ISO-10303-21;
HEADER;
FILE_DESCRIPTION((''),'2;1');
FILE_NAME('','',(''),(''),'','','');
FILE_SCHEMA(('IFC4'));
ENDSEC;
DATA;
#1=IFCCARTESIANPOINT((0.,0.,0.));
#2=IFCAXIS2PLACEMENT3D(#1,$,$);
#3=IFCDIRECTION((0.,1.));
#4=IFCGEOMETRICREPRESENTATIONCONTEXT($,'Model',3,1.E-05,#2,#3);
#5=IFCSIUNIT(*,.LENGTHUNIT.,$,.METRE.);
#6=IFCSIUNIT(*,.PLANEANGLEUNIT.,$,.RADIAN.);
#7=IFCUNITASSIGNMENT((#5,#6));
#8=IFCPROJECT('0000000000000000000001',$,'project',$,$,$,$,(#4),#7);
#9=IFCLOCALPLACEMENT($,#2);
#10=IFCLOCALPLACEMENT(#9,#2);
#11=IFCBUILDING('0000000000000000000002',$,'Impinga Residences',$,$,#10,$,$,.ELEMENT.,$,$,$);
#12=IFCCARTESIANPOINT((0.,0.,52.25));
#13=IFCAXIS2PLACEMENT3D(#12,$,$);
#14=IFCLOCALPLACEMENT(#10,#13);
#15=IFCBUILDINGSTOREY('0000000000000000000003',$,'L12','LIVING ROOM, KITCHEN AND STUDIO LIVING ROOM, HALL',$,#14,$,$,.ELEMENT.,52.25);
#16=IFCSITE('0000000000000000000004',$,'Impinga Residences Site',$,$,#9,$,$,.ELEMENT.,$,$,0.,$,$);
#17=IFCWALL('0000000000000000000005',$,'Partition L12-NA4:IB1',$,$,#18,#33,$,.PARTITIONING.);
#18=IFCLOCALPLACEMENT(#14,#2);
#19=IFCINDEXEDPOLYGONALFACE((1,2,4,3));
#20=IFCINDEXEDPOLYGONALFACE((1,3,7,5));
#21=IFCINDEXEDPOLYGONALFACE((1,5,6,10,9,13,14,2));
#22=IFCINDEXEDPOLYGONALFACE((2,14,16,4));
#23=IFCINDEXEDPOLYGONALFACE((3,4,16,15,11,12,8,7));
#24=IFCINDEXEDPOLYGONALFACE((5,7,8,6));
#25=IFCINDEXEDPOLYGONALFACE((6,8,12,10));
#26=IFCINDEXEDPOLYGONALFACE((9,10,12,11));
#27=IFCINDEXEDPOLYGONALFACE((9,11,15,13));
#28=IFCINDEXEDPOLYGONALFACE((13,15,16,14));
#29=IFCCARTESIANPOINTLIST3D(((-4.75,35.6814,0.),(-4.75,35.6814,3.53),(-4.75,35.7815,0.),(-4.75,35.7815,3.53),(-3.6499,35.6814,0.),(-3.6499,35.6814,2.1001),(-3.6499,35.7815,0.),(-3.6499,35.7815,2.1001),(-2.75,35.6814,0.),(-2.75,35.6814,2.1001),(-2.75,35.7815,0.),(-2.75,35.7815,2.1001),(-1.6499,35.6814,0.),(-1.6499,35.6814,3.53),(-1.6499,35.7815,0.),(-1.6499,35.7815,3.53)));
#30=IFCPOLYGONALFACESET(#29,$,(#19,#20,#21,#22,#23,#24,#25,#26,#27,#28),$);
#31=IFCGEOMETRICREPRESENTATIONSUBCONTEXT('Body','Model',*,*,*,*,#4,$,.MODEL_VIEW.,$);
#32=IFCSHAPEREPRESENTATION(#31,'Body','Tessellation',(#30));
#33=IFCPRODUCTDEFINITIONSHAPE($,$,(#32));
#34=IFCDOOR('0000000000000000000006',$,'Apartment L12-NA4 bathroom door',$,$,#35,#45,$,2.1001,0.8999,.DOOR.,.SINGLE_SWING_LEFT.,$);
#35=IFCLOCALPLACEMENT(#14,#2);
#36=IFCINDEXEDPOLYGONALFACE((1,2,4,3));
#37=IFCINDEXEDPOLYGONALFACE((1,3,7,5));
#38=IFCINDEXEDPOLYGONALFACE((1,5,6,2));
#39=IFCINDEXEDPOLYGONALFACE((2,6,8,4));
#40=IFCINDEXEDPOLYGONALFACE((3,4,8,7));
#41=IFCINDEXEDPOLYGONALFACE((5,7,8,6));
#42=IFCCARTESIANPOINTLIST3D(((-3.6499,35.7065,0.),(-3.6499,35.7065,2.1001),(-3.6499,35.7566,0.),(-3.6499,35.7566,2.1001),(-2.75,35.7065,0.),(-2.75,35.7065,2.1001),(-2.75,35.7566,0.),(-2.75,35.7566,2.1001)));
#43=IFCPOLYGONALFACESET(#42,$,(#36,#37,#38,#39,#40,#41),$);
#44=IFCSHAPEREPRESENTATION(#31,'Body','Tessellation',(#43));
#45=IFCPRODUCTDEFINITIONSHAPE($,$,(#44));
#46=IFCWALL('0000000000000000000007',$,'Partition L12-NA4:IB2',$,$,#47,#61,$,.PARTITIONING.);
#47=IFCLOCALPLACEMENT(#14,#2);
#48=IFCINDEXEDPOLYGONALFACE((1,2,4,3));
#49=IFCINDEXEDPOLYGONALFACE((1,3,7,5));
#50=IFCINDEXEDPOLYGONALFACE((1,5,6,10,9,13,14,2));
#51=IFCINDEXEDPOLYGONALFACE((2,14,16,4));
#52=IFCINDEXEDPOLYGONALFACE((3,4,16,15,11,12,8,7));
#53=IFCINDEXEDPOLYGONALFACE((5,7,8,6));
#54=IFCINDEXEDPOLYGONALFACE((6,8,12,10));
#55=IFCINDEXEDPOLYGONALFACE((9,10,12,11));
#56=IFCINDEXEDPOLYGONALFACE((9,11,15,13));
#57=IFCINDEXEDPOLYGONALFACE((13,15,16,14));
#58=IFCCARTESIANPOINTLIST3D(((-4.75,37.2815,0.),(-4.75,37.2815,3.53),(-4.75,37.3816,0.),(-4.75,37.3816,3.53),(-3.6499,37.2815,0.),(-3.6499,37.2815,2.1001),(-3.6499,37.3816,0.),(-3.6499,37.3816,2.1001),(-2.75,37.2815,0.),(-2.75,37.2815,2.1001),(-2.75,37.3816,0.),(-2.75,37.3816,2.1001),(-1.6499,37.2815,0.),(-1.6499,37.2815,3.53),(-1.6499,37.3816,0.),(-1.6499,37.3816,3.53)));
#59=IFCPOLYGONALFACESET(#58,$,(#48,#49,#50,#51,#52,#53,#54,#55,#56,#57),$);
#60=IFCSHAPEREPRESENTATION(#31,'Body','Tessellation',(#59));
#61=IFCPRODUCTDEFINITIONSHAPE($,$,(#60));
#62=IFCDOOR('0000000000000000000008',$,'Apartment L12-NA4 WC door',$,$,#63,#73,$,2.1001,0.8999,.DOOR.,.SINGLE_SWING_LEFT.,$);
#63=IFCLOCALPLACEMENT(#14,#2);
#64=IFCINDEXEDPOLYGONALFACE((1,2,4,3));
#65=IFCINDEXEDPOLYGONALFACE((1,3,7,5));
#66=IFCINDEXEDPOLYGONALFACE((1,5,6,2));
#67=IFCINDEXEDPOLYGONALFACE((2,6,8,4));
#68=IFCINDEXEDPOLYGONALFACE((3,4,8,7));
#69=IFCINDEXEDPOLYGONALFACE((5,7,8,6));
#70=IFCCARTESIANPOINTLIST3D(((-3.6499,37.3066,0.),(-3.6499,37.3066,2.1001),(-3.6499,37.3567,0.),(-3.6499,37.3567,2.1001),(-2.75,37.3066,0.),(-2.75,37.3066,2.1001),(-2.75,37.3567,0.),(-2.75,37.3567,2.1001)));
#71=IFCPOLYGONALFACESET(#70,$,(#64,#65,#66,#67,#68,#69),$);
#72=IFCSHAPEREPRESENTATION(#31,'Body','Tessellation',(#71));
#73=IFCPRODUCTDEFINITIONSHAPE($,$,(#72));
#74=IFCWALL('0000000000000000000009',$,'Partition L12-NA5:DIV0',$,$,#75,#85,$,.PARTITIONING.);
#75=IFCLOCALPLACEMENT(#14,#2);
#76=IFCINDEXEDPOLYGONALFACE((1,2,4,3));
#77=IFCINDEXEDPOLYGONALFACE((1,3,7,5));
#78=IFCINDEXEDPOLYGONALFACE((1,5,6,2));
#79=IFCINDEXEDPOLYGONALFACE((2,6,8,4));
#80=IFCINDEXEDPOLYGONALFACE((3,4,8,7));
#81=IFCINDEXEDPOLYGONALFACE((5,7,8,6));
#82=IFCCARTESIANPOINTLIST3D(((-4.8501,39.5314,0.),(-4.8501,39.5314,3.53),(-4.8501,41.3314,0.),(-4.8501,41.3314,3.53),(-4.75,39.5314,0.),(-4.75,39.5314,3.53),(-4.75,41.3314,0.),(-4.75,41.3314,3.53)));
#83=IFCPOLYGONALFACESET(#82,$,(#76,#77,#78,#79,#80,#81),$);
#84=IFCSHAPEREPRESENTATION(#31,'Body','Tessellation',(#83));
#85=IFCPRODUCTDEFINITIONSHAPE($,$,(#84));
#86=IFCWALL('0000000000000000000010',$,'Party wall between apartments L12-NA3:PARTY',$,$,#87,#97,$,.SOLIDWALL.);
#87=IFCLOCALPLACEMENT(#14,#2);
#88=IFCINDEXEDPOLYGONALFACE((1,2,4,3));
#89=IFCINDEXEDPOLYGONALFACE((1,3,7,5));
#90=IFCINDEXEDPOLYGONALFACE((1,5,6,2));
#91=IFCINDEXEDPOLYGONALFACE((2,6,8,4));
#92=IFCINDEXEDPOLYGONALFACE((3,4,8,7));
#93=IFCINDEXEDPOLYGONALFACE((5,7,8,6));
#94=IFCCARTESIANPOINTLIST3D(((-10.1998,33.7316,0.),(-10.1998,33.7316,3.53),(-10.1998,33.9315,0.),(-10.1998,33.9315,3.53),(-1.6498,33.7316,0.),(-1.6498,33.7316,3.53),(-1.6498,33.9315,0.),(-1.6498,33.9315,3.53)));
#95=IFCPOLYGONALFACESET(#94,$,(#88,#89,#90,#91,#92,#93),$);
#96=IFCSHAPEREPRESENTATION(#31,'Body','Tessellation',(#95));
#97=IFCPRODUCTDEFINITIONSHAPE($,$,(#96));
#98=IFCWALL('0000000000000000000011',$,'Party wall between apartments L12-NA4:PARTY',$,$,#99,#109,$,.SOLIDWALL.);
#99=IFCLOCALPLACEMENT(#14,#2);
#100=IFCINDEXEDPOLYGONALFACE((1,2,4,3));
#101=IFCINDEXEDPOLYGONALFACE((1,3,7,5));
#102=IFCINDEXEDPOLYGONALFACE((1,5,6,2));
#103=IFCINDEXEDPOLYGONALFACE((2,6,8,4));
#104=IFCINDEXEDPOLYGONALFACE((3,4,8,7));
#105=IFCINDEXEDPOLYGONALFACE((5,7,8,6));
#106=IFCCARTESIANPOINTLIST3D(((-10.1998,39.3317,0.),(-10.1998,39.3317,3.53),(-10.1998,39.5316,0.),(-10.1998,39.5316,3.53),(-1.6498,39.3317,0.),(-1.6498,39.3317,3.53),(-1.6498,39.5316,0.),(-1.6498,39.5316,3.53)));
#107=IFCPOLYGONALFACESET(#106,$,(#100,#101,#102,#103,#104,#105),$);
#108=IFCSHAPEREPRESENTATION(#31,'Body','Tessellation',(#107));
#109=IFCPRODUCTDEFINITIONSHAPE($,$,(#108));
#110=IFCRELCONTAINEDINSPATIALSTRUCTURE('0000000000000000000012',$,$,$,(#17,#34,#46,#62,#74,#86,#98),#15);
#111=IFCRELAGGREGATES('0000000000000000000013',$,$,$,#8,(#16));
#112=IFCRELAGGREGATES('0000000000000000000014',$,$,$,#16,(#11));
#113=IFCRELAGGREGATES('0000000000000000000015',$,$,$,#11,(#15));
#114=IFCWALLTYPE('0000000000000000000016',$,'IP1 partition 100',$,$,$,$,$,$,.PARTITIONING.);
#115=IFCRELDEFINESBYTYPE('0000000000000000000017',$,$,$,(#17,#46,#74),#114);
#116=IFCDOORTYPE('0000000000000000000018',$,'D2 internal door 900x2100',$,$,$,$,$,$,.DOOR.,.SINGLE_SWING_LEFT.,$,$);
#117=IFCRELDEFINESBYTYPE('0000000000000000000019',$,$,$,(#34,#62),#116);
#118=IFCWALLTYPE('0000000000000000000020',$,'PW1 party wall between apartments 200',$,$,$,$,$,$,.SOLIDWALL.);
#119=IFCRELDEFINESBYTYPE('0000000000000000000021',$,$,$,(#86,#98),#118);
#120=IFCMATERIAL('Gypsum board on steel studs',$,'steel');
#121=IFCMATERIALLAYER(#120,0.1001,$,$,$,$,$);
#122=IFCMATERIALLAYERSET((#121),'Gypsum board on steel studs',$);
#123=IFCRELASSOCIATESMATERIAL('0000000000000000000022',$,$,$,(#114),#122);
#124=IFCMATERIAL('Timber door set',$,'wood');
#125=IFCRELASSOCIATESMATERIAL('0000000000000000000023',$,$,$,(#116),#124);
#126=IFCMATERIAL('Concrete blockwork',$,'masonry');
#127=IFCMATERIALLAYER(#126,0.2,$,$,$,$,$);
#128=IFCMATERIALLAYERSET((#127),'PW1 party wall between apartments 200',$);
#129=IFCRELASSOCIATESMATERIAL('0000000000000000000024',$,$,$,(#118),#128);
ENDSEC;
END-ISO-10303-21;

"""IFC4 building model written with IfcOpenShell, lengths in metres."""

from ifc_helpers import new_model, si_unit, direction, frame, frame_2d, origin, place, context, subcontext, project, spatial, rectangle, extrude, material, layer, layer_set, type_object, element, fill, save


model = new_model("IFC4")

# Units and contexts
model_context = context("Model", 3, precision=1e-05, world=origin(), true_north=direction((0.0, 1.0)))
body_context = subcontext(model_context, "Body", "Model", "MODEL_VIEW")
ifc_project = project(units=[si_unit("LENGTHUNIT", "METRE"), si_unit("PLANEANGLEUNIT", "RADIAN")], contexts=[model_context])

# Site, building, storey
site_placement = place(None, origin())
site = spatial("IfcSite", under=ifc_project, at=site_placement, Name="Impinga Residences Site", CompositionType="ELEMENT", RefElevation=0.0)
building_placement = place(site_placement, origin())
building = spatial("IfcBuilding", under=site, at=building_placement, Name="Impinga Residences", CompositionType="ELEMENT")
storey_placement = place(building_placement, frame((0.0, 0.0, 52.25)))
storey = spatial("IfcBuildingStorey", under=building, at=storey_placement, Name="L12", Description="LIVING ROOM, KITCHEN AND STUDIO LIVING ROOM, HALL", CompositionType="ELEMENT", Elevation=52.25)

# Shared definitions
ifc_material_1 = material(Name="Concrete blockwork", Category="masonry")
ifc_material_2 = material(Name="Timber door set", Category="wood")

# Shared definitions
ifc_material_3 = material(Name="Gypsum board on steel studs", Category="steel")
ifc_layer_1 = layer(ifc_material_3, 0.1001)
ifc_layer_set_1 = layer_set([ifc_layer_1], Name="Gypsum board on steel studs")
wall_type_1 = type_object("IfcWallType", Name="IP1 partition 100", PredefinedType="PARTITIONING", material=ifc_layer_set_1)

# Shared definitions
door_type_1 = type_object("IfcDoorType", Name="D2 internal door 900x2100", OperationType="SINGLE_SWING_LEFT", PredefinedType="DOOR", material=ifc_material_2)

# Walls, openings, doors
wall_1_placement = place(storey_placement, frame((-1.6499, 35.7314, 0.0), z_axis=(0.0, 0.0, 1.0), x_axis=(-1.0, 0.0, 0.0)))
wall_1 = element("IfcWall", 1, at=wall_1_placement, inside=storey, type_object=wall_type_1, Name="Partition L12-NA4:IB1", PredefinedType="PARTITIONING", context=body_context, shape_type="SweptSolid", body=[
    extrude(rectangle(XDim=3.1001, YDim=0.1001, at=frame_2d((1.55, 0.0))), origin(), (0.0, 0.0, 1.0), 3.53),
])
opening_1_placement = place(wall_1_placement, frame((1.1001, 0.0, 0.0)))
opening_1 = element("IfcOpeningElement", 2, at=opening_1_placement, cuts=wall_1, PredefinedType="OPENING", context=body_context, shape_type="SweptSolid", body=[
    extrude(rectangle(XDim=0.8999, YDim=2.1001, at=frame_2d((0.45, 1.05))), frame((0.0, 0.0601, 0.0), z_axis=(0.0, -1.0, 0.0), x_axis=(1.0, 0.0, 0.0)), (0.0, 0.0, 1.0), 0.1201),
])
door_1_placement = place(opening_1_placement, origin())
door_1 = element("IfcDoor", 3, at=door_1_placement, inside=storey, type_object=door_type_1, Name="Apartment L12-NA4 bathroom door", OperationType="SINGLE_SWING_LEFT", OverallHeight=2.1001, OverallWidth=0.8999, PredefinedType="DOOR", context=body_context, shape_type="SweptSolid", body=[
    extrude(rectangle(XDim=0.8999, YDim=2.1001, at=frame_2d((0.45, 1.05))), frame((0.0, 0.0249, 0.0), z_axis=(0.0, -1.0, 0.0), x_axis=(1.0, 0.0, 0.0)), (0.0, 0.0, 1.0), 0.05),
])
fill(opening_1, door_1)
wall_2_placement = place(storey_placement, frame((-1.6499, 37.3315, 0.0), z_axis=(0.0, 0.0, 1.0), x_axis=(-1.0, 0.0, 0.0)))
wall_2 = element("IfcWall", 4, at=wall_2_placement, inside=storey, type_object=wall_type_1, Name="Partition L12-NA4:IB2", PredefinedType="PARTITIONING", context=body_context, shape_type="SweptSolid", body=[
    extrude(rectangle(XDim=3.1001, YDim=0.1001, at=frame_2d((1.55, 0.0))), origin(), (0.0, 0.0, 1.0), 3.53),
])
opening_2_placement = place(wall_2_placement, frame((1.1001, 0.0, 0.0)))
opening_2 = element("IfcOpeningElement", 5, at=opening_2_placement, cuts=wall_2, PredefinedType="OPENING", context=body_context, shape_type="SweptSolid", body=[
    extrude(rectangle(XDim=0.8999, YDim=2.1001, at=frame_2d((0.45, 1.05))), frame((0.0, 0.0601, 0.0), z_axis=(0.0, -1.0, 0.0), x_axis=(1.0, 0.0, 0.0)), (0.0, 0.0, 1.0), 0.1201),
])
door_2_placement = place(opening_2_placement, origin())
door_2 = element("IfcDoor", 6, at=door_2_placement, inside=storey, type_object=door_type_1, Name="Apartment L12-NA4 WC door", OperationType="SINGLE_SWING_LEFT", OverallHeight=2.1001, OverallWidth=0.8999, PredefinedType="DOOR", context=body_context, shape_type="SweptSolid", body=[
    extrude(rectangle(XDim=0.8999, YDim=2.1001, at=frame_2d((0.45, 1.05))), frame((0.0, 0.0249, 0.0), z_axis=(0.0, -1.0, 0.0), x_axis=(1.0, 0.0, 0.0)), (0.0, 0.0, 1.0), 0.05),
])
fill(opening_2, door_2)

# Walls
wall_3_placement = place(storey_placement, frame((-4.8, 39.5315, 0.0), z_axis=(0.0, 0.0, 1.0), x_axis=(0.0, 1.0, 0.0)))
element("IfcWall", 7, at=wall_3_placement, inside=storey, type_object=wall_type_1, Name="Partition L12-NA5:DIV0", PredefinedType="PARTITIONING", context=body_context, shape_type="SweptSolid", body=[
    extrude(rectangle(XDim=1.8, YDim=0.1001, at=frame_2d((0.8999, 0.0))), origin(), (0.0, 0.0, 1.0), 3.53),
])
ifc_layer_2 = layer(ifc_material_1, 0.2)
ifc_layer_set_2 = layer_set([ifc_layer_2], Name="PW1 party wall between apartments 200")
wall_type_2 = type_object("IfcWallType", Name="PW1 party wall between apartments 200", PredefinedType="SOLIDWALL", material=ifc_layer_set_2)
for number, where, z_axis, x_axis, name in (
    (8, (-1.6499, 33.8315, 0.0), (0.0, 0.0, 1.0), (-1.0, 0.0, 0.0), "Party wall between apartments L12-NA3:PARTY"),
    (9, (-1.6499, 39.4316, 0.0), (0.0, 0.0, 1.0), (-1.0, 0.0, 0.0), "Party wall between apartments L12-NA4:PARTY"),
):
    element("IfcWall", number, at=place(storey_placement, frame(where, z_axis=z_axis, x_axis=x_axis)), inside=storey, type_object=wall_type_2, Name=name, PredefinedType="SOLIDWALL", context=body_context, shape_type="SweptSolid", body=[
        extrude(rectangle(XDim=8.55, YDim=0.2, at=frame_2d((4.2749, 0.0))), origin(), (0.0, 0.0, 1.0), 3.53),
    ])

save(model, "model.ifc")
